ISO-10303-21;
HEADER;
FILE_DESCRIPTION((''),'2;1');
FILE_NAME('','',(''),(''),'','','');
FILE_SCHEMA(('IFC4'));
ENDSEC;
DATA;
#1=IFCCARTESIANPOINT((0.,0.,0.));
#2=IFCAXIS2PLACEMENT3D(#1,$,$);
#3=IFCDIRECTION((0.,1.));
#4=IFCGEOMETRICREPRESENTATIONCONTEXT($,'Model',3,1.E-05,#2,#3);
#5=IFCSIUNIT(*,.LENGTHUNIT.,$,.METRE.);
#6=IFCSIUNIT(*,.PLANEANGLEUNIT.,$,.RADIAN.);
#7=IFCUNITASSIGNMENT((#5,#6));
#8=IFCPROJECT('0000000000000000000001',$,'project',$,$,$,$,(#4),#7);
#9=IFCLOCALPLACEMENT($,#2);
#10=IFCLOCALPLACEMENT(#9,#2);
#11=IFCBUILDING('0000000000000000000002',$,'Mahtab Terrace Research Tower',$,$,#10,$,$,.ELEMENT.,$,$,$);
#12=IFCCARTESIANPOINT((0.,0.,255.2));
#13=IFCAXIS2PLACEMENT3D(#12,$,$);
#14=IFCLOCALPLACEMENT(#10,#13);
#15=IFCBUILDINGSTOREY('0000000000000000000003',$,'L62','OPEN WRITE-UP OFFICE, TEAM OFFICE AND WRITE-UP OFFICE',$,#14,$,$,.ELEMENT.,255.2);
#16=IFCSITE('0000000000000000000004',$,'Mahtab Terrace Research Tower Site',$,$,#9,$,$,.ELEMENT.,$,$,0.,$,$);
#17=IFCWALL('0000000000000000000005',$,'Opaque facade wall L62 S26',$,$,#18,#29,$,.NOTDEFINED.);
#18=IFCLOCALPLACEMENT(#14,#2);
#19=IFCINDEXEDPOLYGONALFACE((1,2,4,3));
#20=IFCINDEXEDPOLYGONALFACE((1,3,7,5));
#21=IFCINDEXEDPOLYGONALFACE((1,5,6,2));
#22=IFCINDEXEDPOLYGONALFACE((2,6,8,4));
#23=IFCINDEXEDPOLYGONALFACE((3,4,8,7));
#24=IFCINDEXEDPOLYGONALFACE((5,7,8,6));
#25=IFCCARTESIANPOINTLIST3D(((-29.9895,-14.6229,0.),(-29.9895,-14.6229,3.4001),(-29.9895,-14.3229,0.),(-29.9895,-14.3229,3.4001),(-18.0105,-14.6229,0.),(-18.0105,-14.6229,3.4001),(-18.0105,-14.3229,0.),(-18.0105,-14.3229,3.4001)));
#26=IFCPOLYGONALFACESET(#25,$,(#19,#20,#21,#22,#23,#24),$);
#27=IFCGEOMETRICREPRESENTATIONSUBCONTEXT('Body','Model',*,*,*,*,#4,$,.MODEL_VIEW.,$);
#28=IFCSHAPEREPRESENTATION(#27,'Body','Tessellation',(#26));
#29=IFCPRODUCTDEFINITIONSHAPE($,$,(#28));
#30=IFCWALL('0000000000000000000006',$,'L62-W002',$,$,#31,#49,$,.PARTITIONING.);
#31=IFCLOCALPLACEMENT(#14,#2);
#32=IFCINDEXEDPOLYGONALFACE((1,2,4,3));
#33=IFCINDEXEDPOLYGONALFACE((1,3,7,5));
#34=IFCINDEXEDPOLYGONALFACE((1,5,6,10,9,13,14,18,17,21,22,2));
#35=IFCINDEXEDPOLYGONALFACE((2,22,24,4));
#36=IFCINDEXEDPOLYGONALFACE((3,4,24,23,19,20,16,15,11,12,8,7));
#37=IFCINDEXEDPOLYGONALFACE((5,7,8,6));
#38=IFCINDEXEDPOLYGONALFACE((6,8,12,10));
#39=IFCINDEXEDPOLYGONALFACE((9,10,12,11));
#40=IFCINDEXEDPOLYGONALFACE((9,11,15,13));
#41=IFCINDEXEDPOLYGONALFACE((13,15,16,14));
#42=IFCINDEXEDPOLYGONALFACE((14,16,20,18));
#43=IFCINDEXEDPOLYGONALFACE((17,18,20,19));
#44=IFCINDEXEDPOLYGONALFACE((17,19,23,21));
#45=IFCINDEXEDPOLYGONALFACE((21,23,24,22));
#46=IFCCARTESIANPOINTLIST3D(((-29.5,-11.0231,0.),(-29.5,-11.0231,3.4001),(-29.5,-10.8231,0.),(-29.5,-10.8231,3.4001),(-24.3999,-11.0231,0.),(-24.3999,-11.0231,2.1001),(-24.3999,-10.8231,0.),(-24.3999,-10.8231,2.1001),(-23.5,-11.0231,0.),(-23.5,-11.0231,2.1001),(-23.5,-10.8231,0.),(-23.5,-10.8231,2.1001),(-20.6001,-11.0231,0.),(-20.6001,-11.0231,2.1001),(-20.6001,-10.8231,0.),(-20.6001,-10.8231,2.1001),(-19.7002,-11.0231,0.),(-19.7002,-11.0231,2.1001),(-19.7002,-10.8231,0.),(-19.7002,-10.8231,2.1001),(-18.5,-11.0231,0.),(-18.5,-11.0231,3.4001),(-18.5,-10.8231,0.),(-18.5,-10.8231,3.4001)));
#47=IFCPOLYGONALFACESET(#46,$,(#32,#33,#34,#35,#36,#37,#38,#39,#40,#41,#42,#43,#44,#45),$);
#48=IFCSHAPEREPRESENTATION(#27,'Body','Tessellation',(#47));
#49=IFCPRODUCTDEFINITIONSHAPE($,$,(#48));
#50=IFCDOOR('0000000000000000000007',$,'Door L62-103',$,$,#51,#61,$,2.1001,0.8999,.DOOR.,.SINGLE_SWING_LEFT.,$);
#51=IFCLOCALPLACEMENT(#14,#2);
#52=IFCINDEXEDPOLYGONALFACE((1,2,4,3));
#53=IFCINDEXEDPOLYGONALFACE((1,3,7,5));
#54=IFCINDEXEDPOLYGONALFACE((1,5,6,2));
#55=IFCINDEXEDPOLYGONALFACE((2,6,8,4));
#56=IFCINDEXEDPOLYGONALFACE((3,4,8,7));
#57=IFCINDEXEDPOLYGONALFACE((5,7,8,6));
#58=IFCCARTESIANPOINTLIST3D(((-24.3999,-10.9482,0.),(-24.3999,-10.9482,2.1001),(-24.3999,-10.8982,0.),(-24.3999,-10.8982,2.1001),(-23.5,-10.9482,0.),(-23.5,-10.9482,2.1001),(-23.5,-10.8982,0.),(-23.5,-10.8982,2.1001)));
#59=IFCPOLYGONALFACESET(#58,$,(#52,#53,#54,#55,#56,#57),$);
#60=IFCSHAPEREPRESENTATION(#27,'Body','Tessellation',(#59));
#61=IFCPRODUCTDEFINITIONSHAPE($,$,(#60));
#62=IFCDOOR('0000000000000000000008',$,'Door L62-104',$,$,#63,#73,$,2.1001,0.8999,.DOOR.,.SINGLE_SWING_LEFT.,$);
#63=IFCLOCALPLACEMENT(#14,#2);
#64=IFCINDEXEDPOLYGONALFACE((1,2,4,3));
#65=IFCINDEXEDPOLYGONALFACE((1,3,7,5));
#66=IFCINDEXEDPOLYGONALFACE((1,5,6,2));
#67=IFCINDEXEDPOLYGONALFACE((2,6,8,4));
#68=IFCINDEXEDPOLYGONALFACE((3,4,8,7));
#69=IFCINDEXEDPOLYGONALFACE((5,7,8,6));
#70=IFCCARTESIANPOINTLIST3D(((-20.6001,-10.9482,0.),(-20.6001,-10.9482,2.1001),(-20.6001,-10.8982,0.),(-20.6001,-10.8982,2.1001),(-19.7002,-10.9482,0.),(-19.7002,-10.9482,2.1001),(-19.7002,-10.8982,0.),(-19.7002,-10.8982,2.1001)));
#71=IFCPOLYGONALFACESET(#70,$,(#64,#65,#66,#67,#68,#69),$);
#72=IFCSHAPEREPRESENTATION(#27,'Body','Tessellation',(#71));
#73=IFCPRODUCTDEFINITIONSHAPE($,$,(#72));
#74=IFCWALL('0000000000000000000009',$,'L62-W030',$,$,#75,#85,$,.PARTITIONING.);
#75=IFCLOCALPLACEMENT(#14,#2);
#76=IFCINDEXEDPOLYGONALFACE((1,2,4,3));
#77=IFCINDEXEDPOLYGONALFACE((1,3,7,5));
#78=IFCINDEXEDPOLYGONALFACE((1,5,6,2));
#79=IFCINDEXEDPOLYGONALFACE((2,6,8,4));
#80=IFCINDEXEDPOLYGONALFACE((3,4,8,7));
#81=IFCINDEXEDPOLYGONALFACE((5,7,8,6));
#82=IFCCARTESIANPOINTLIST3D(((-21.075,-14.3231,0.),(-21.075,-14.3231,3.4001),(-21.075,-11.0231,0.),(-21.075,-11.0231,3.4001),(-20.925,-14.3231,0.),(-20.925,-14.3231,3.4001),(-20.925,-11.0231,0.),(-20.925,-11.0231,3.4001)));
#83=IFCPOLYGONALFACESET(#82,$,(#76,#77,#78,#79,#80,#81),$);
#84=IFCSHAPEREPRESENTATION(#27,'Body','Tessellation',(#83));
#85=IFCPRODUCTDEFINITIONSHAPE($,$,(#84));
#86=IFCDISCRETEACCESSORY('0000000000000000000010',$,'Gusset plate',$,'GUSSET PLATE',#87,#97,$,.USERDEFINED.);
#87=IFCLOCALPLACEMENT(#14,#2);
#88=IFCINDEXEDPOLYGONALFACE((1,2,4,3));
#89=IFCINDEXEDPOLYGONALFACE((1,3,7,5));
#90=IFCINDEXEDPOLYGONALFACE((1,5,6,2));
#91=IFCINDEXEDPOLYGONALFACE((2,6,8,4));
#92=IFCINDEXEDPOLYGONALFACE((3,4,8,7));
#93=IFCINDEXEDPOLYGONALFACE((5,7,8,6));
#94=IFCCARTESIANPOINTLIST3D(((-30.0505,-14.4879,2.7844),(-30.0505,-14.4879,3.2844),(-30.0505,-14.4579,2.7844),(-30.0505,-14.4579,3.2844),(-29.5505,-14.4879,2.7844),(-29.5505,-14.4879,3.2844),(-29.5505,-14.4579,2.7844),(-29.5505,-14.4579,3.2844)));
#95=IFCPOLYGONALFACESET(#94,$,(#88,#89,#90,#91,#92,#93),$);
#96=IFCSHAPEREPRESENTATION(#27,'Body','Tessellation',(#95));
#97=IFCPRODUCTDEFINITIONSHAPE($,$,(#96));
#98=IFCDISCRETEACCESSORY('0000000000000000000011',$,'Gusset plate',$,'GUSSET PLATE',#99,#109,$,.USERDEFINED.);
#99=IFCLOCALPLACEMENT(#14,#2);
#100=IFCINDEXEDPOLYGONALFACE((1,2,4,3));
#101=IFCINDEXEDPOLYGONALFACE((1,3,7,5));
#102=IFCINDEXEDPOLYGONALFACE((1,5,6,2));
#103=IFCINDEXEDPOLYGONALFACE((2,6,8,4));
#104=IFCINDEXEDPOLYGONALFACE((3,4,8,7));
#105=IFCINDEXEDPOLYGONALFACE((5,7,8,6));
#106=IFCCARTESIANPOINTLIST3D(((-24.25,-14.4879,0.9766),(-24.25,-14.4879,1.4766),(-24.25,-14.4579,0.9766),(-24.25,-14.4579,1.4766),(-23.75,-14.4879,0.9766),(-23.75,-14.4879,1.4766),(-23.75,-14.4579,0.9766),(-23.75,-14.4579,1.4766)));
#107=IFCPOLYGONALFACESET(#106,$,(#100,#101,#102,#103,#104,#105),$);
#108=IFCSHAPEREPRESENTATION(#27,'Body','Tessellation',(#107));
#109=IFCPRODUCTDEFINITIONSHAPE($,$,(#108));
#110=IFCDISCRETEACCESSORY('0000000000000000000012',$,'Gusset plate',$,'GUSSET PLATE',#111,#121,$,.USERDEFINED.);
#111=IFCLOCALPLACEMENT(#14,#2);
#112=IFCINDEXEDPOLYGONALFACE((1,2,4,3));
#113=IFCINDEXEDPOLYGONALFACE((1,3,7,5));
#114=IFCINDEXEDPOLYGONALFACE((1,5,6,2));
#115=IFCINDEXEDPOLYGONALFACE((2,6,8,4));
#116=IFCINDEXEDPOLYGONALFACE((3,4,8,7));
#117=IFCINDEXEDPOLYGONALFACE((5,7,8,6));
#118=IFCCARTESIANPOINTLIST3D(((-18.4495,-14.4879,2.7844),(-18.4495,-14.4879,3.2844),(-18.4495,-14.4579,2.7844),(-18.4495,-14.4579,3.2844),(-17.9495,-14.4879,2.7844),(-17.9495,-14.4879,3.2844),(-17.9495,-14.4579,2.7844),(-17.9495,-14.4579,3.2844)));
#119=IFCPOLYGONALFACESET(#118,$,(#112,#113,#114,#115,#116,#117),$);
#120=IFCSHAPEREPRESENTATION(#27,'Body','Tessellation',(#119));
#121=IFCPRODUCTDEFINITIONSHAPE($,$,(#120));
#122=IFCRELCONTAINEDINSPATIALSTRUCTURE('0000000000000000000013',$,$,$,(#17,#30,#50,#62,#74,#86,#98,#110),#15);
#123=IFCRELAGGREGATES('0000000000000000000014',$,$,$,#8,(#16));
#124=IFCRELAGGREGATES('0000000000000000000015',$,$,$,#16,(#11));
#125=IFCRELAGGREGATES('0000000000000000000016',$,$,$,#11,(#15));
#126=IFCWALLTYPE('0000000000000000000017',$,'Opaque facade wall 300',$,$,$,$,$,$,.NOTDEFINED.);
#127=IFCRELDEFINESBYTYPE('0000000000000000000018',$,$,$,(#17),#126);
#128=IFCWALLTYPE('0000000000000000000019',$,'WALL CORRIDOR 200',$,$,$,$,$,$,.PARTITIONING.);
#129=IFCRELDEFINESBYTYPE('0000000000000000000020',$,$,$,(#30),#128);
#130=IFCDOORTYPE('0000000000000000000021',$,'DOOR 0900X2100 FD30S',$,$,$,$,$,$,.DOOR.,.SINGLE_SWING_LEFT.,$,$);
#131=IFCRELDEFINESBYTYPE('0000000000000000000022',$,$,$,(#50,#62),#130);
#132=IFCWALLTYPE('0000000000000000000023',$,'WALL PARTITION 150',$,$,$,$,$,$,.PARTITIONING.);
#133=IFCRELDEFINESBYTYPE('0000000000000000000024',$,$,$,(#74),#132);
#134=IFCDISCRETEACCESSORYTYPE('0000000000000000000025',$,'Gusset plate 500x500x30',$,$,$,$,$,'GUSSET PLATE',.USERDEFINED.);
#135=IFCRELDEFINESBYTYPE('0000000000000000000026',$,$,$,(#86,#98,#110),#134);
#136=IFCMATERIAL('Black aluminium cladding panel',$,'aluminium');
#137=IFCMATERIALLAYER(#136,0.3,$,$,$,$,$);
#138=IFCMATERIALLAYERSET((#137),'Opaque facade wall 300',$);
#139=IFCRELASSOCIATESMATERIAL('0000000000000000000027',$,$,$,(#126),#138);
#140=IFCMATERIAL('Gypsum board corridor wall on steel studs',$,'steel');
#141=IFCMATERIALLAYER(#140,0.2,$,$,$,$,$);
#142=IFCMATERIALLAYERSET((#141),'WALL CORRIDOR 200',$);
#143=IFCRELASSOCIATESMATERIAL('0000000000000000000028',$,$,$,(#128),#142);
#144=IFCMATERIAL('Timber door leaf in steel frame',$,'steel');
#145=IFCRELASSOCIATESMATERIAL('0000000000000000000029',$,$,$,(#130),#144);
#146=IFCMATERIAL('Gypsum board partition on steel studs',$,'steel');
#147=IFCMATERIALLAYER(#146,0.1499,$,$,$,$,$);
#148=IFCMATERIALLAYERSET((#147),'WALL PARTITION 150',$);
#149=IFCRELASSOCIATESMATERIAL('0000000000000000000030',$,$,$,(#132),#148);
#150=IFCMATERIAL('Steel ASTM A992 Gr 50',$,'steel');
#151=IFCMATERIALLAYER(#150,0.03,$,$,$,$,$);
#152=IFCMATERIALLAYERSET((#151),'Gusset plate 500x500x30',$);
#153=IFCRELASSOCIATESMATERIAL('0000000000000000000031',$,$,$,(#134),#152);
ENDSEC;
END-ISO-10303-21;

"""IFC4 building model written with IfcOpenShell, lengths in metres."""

from ifc_helpers import new_model, si_unit, direction, frame, frame_2d, origin, origin_2d, place, context, subcontext, project, spatial, rectangle, extrude, material, layer, layer_set, type_object, element, fill, save


model = new_model("IFC4")

# Units and contexts
model_context = context("Model", 3, precision=1e-05, world=origin(), true_north=direction((0.0, 1.0)))
body_context = subcontext(model_context, "Body", "Model", "MODEL_VIEW")
ifc_project = project(units=[si_unit("LENGTHUNIT", "METRE"), si_unit("PLANEANGLEUNIT", "RADIAN")], contexts=[model_context])

# Site, building, storey
site_placement = place(None, origin())
site = spatial("IfcSite", under=ifc_project, at=site_placement, Name="Mahtab Terrace Research Tower Site", CompositionType="ELEMENT", RefElevation=0.0)
building_placement = place(site_placement, origin())
building = spatial("IfcBuilding", under=site, at=building_placement, Name="Mahtab Terrace Research Tower", CompositionType="ELEMENT")
storey_placement = place(building_placement, frame((0.0, 0.0, 255.2)))
storey = spatial("IfcBuildingStorey", under=building, at=storey_placement, Name="L62", Description="OPEN WRITE-UP OFFICE, TEAM OFFICE AND WRITE-UP OFFICE", CompositionType="ELEMENT", Elevation=255.2)

# Shared definitions
ifc_material_1 = material(Name="Steel ASTM A992 Gr 50", Category="steel")

# Wall
ifc_material_2 = material(Name="Black aluminium cladding panel", Category="aluminium")
ifc_layer_1 = layer(ifc_material_2, 0.3)
ifc_layer_set_1 = layer_set([ifc_layer_1], Name="Opaque facade wall 300")
wall_type_1 = type_object("IfcWallType", Name="Opaque facade wall 300", PredefinedType="NOTDEFINED", material=ifc_layer_set_1)
wall_1_placement = place(storey_placement, frame((-29.9895, -14.4729, 0.0), z_axis=(0.0, 0.0, 1.0), x_axis=(1.0, 0.0, 0.0)))
element("IfcWall", 1, at=wall_1_placement, inside=storey, type_object=wall_type_1, Name="Opaque facade wall L62 S26", PredefinedType="NOTDEFINED", context=body_context, shape_type="SweptSolid", body=[
    extrude(rectangle(XDim=11.979, YDim=0.3, at=frame_2d((5.9895, 0.0))), origin(), (0.0, 0.0, 1.0), 3.4001),
])

# Wall, openings, doors
ifc_material_3 = material(Name="Gypsum board corridor wall on steel studs", Category="steel")
ifc_layer_2 = layer(ifc_material_3, 0.2)
ifc_layer_set_2 = layer_set([ifc_layer_2], Name="WALL CORRIDOR 200")
wall_type_2 = type_object("IfcWallType", Name="WALL CORRIDOR 200", PredefinedType="PARTITIONING", material=ifc_layer_set_2)
wall_2_placement = place(storey_placement, frame((-29.5, -10.9231, 0.0), z_axis=(0.0, 0.0, 1.0), x_axis=(1.0, 0.0, 0.0)))
wall_2 = element("IfcWall", 2, at=wall_2_placement, inside=storey, type_object=wall_type_2, Name="L62-W002", PredefinedType="PARTITIONING", context=body_context, shape_type="SweptSolid", body=[
    extrude(rectangle(XDim=11.0, YDim=0.2, at=frame_2d((5.5, 0.0))), origin(), (0.0, 0.0, 1.0), 3.4001),
])
opening_1_placement = place(wall_2_placement, frame((5.1001, 0.0, 0.0)))
opening_1 = element("IfcOpeningElement", 3, at=opening_1_placement, cuts=wall_2, PredefinedType="OPENING", context=body_context, shape_type="SweptSolid", body=[
    extrude(rectangle(XDim=0.8999, YDim=2.1001, at=frame_2d((0.45, 1.05))), frame((0.0, 0.1099, 0.0), z_axis=(0.0, -1.0, 0.0), x_axis=(1.0, 0.0, 0.0)), (0.0, 0.0, 1.0), 0.22),
])
opening_2_placement = place(wall_2_placement, frame((8.8999, 0.0, 0.0)))
opening_2 = element("IfcOpeningElement", 4, at=opening_2_placement, cuts=wall_2, PredefinedType="OPENING", context=body_context, shape_type="SweptSolid", body=[
    extrude(rectangle(XDim=0.8999, YDim=2.1001, at=frame_2d((0.45, 1.05))), frame((0.0, 0.1099, 0.0), z_axis=(0.0, -1.0, 0.0), x_axis=(1.0, 0.0, 0.0)), (0.0, 0.0, 1.0), 0.22),
])
ifc_material_4 = material(Name="Timber door leaf in steel frame", Category="steel")
door_type_1 = type_object("IfcDoorType", Name="DOOR 0900X2100 FD30S", OperationType="SINGLE_SWING_LEFT", PredefinedType="DOOR", material=ifc_material_4)
door_1_placement = place(opening_1_placement, origin())
door_1 = element("IfcDoor", 5, at=door_1_placement, inside=storey, type_object=door_type_1, Name="Door L62-103", OperationType="SINGLE_SWING_LEFT", OverallHeight=2.1001, OverallWidth=0.8999, PredefinedType="DOOR", context=body_context, shape_type="SweptSolid", body=[
    extrude(rectangle(XDim=0.8999, YDim=2.1001, at=frame_2d((0.45, 1.05))), frame((0.0, 0.0249, 0.0), z_axis=(0.0, -1.0, 0.0), x_axis=(1.0, 0.0, 0.0)), (0.0, 0.0, 1.0), 0.05),
])
fill(opening_1, door_1)
door_2_placement = place(opening_2_placement, origin())
door_2 = element("IfcDoor", 6, at=door_2_placement, inside=storey, type_object=door_type_1, Name="Door L62-104", OperationType="SINGLE_SWING_LEFT", OverallHeight=2.1001, OverallWidth=0.8999, PredefinedType="DOOR", context=body_context, shape_type="SweptSolid", body=[
    extrude(rectangle(XDim=0.8999, YDim=2.1001, at=frame_2d((0.45, 1.05))), frame((0.0, 0.0249, 0.0), z_axis=(0.0, -1.0, 0.0), x_axis=(1.0, 0.0, 0.0)), (0.0, 0.0, 1.0), 0.05),
])
fill(opening_2, door_2)

# Wall
ifc_material_5 = material(Name="Gypsum board partition on steel studs", Category="steel")
ifc_layer_3 = layer(ifc_material_5, 0.1499)
ifc_layer_set_3 = layer_set([ifc_layer_3], Name="WALL PARTITION 150")
wall_type_3 = type_object("IfcWallType", Name="WALL PARTITION 150", PredefinedType="PARTITIONING", material=ifc_layer_set_3)
wall_3_placement = place(storey_placement, frame((-21.0, -14.323, 0.0), z_axis=(0.0, 0.0, 1.0), x_axis=(0.0, 1.0, 0.0)))
element("IfcWall", 7, at=wall_3_placement, inside=storey, type_object=wall_type_3, Name="L62-W030", PredefinedType="PARTITIONING", context=body_context, shape_type="SweptSolid", body=[
    extrude(rectangle(XDim=3.3, YDim=0.1499, at=frame_2d((1.6499, 0.0))), origin(), (0.0, 0.0, 1.0), 3.4001),
])

# Discrete accessories
ifc_layer_4 = layer(ifc_material_1, 0.03)
ifc_layer_set_4 = layer_set([ifc_layer_4], Name="Gusset plate 500x500x30")
discrete_accessory_type = type_object("IfcDiscreteAccessoryType", Name="Gusset plate 500x500x30", ElementType="GUSSET PLATE", PredefinedType="USERDEFINED", material=ifc_layer_set_4)
for number, where, z_axis, x_axis, name in (
    (8, (-29.8005, -14.4729, 2.7844), (0.0, 0.0, 1.0), (1.0, 0.0, 0.0), "Gusset plate"),
    (9, (-24.0, -14.4729, 0.9766), (0.0, 0.0, 1.0), (1.0, 0.0, 0.0), "Gusset plate"),
    (10, (-18.1995, -14.4729, 2.7844), (0.0, 0.0, 1.0), (1.0, 0.0, 0.0), "Gusset plate"),
):
    element("IfcDiscreteAccessory", number, at=place(storey_placement, frame(where, z_axis=z_axis, x_axis=x_axis)), inside=storey, type_object=discrete_accessory_type, Name=name, ObjectType="GUSSET PLATE", PredefinedType="USERDEFINED", context=body_context, shape_type="SweptSolid", body=[
        extrude(rectangle(XDim=0.5, YDim=0.03, at=origin_2d()), origin(), (0.0, 0.0, 1.0), 0.5),
    ])

save(model, "model.ifc")
